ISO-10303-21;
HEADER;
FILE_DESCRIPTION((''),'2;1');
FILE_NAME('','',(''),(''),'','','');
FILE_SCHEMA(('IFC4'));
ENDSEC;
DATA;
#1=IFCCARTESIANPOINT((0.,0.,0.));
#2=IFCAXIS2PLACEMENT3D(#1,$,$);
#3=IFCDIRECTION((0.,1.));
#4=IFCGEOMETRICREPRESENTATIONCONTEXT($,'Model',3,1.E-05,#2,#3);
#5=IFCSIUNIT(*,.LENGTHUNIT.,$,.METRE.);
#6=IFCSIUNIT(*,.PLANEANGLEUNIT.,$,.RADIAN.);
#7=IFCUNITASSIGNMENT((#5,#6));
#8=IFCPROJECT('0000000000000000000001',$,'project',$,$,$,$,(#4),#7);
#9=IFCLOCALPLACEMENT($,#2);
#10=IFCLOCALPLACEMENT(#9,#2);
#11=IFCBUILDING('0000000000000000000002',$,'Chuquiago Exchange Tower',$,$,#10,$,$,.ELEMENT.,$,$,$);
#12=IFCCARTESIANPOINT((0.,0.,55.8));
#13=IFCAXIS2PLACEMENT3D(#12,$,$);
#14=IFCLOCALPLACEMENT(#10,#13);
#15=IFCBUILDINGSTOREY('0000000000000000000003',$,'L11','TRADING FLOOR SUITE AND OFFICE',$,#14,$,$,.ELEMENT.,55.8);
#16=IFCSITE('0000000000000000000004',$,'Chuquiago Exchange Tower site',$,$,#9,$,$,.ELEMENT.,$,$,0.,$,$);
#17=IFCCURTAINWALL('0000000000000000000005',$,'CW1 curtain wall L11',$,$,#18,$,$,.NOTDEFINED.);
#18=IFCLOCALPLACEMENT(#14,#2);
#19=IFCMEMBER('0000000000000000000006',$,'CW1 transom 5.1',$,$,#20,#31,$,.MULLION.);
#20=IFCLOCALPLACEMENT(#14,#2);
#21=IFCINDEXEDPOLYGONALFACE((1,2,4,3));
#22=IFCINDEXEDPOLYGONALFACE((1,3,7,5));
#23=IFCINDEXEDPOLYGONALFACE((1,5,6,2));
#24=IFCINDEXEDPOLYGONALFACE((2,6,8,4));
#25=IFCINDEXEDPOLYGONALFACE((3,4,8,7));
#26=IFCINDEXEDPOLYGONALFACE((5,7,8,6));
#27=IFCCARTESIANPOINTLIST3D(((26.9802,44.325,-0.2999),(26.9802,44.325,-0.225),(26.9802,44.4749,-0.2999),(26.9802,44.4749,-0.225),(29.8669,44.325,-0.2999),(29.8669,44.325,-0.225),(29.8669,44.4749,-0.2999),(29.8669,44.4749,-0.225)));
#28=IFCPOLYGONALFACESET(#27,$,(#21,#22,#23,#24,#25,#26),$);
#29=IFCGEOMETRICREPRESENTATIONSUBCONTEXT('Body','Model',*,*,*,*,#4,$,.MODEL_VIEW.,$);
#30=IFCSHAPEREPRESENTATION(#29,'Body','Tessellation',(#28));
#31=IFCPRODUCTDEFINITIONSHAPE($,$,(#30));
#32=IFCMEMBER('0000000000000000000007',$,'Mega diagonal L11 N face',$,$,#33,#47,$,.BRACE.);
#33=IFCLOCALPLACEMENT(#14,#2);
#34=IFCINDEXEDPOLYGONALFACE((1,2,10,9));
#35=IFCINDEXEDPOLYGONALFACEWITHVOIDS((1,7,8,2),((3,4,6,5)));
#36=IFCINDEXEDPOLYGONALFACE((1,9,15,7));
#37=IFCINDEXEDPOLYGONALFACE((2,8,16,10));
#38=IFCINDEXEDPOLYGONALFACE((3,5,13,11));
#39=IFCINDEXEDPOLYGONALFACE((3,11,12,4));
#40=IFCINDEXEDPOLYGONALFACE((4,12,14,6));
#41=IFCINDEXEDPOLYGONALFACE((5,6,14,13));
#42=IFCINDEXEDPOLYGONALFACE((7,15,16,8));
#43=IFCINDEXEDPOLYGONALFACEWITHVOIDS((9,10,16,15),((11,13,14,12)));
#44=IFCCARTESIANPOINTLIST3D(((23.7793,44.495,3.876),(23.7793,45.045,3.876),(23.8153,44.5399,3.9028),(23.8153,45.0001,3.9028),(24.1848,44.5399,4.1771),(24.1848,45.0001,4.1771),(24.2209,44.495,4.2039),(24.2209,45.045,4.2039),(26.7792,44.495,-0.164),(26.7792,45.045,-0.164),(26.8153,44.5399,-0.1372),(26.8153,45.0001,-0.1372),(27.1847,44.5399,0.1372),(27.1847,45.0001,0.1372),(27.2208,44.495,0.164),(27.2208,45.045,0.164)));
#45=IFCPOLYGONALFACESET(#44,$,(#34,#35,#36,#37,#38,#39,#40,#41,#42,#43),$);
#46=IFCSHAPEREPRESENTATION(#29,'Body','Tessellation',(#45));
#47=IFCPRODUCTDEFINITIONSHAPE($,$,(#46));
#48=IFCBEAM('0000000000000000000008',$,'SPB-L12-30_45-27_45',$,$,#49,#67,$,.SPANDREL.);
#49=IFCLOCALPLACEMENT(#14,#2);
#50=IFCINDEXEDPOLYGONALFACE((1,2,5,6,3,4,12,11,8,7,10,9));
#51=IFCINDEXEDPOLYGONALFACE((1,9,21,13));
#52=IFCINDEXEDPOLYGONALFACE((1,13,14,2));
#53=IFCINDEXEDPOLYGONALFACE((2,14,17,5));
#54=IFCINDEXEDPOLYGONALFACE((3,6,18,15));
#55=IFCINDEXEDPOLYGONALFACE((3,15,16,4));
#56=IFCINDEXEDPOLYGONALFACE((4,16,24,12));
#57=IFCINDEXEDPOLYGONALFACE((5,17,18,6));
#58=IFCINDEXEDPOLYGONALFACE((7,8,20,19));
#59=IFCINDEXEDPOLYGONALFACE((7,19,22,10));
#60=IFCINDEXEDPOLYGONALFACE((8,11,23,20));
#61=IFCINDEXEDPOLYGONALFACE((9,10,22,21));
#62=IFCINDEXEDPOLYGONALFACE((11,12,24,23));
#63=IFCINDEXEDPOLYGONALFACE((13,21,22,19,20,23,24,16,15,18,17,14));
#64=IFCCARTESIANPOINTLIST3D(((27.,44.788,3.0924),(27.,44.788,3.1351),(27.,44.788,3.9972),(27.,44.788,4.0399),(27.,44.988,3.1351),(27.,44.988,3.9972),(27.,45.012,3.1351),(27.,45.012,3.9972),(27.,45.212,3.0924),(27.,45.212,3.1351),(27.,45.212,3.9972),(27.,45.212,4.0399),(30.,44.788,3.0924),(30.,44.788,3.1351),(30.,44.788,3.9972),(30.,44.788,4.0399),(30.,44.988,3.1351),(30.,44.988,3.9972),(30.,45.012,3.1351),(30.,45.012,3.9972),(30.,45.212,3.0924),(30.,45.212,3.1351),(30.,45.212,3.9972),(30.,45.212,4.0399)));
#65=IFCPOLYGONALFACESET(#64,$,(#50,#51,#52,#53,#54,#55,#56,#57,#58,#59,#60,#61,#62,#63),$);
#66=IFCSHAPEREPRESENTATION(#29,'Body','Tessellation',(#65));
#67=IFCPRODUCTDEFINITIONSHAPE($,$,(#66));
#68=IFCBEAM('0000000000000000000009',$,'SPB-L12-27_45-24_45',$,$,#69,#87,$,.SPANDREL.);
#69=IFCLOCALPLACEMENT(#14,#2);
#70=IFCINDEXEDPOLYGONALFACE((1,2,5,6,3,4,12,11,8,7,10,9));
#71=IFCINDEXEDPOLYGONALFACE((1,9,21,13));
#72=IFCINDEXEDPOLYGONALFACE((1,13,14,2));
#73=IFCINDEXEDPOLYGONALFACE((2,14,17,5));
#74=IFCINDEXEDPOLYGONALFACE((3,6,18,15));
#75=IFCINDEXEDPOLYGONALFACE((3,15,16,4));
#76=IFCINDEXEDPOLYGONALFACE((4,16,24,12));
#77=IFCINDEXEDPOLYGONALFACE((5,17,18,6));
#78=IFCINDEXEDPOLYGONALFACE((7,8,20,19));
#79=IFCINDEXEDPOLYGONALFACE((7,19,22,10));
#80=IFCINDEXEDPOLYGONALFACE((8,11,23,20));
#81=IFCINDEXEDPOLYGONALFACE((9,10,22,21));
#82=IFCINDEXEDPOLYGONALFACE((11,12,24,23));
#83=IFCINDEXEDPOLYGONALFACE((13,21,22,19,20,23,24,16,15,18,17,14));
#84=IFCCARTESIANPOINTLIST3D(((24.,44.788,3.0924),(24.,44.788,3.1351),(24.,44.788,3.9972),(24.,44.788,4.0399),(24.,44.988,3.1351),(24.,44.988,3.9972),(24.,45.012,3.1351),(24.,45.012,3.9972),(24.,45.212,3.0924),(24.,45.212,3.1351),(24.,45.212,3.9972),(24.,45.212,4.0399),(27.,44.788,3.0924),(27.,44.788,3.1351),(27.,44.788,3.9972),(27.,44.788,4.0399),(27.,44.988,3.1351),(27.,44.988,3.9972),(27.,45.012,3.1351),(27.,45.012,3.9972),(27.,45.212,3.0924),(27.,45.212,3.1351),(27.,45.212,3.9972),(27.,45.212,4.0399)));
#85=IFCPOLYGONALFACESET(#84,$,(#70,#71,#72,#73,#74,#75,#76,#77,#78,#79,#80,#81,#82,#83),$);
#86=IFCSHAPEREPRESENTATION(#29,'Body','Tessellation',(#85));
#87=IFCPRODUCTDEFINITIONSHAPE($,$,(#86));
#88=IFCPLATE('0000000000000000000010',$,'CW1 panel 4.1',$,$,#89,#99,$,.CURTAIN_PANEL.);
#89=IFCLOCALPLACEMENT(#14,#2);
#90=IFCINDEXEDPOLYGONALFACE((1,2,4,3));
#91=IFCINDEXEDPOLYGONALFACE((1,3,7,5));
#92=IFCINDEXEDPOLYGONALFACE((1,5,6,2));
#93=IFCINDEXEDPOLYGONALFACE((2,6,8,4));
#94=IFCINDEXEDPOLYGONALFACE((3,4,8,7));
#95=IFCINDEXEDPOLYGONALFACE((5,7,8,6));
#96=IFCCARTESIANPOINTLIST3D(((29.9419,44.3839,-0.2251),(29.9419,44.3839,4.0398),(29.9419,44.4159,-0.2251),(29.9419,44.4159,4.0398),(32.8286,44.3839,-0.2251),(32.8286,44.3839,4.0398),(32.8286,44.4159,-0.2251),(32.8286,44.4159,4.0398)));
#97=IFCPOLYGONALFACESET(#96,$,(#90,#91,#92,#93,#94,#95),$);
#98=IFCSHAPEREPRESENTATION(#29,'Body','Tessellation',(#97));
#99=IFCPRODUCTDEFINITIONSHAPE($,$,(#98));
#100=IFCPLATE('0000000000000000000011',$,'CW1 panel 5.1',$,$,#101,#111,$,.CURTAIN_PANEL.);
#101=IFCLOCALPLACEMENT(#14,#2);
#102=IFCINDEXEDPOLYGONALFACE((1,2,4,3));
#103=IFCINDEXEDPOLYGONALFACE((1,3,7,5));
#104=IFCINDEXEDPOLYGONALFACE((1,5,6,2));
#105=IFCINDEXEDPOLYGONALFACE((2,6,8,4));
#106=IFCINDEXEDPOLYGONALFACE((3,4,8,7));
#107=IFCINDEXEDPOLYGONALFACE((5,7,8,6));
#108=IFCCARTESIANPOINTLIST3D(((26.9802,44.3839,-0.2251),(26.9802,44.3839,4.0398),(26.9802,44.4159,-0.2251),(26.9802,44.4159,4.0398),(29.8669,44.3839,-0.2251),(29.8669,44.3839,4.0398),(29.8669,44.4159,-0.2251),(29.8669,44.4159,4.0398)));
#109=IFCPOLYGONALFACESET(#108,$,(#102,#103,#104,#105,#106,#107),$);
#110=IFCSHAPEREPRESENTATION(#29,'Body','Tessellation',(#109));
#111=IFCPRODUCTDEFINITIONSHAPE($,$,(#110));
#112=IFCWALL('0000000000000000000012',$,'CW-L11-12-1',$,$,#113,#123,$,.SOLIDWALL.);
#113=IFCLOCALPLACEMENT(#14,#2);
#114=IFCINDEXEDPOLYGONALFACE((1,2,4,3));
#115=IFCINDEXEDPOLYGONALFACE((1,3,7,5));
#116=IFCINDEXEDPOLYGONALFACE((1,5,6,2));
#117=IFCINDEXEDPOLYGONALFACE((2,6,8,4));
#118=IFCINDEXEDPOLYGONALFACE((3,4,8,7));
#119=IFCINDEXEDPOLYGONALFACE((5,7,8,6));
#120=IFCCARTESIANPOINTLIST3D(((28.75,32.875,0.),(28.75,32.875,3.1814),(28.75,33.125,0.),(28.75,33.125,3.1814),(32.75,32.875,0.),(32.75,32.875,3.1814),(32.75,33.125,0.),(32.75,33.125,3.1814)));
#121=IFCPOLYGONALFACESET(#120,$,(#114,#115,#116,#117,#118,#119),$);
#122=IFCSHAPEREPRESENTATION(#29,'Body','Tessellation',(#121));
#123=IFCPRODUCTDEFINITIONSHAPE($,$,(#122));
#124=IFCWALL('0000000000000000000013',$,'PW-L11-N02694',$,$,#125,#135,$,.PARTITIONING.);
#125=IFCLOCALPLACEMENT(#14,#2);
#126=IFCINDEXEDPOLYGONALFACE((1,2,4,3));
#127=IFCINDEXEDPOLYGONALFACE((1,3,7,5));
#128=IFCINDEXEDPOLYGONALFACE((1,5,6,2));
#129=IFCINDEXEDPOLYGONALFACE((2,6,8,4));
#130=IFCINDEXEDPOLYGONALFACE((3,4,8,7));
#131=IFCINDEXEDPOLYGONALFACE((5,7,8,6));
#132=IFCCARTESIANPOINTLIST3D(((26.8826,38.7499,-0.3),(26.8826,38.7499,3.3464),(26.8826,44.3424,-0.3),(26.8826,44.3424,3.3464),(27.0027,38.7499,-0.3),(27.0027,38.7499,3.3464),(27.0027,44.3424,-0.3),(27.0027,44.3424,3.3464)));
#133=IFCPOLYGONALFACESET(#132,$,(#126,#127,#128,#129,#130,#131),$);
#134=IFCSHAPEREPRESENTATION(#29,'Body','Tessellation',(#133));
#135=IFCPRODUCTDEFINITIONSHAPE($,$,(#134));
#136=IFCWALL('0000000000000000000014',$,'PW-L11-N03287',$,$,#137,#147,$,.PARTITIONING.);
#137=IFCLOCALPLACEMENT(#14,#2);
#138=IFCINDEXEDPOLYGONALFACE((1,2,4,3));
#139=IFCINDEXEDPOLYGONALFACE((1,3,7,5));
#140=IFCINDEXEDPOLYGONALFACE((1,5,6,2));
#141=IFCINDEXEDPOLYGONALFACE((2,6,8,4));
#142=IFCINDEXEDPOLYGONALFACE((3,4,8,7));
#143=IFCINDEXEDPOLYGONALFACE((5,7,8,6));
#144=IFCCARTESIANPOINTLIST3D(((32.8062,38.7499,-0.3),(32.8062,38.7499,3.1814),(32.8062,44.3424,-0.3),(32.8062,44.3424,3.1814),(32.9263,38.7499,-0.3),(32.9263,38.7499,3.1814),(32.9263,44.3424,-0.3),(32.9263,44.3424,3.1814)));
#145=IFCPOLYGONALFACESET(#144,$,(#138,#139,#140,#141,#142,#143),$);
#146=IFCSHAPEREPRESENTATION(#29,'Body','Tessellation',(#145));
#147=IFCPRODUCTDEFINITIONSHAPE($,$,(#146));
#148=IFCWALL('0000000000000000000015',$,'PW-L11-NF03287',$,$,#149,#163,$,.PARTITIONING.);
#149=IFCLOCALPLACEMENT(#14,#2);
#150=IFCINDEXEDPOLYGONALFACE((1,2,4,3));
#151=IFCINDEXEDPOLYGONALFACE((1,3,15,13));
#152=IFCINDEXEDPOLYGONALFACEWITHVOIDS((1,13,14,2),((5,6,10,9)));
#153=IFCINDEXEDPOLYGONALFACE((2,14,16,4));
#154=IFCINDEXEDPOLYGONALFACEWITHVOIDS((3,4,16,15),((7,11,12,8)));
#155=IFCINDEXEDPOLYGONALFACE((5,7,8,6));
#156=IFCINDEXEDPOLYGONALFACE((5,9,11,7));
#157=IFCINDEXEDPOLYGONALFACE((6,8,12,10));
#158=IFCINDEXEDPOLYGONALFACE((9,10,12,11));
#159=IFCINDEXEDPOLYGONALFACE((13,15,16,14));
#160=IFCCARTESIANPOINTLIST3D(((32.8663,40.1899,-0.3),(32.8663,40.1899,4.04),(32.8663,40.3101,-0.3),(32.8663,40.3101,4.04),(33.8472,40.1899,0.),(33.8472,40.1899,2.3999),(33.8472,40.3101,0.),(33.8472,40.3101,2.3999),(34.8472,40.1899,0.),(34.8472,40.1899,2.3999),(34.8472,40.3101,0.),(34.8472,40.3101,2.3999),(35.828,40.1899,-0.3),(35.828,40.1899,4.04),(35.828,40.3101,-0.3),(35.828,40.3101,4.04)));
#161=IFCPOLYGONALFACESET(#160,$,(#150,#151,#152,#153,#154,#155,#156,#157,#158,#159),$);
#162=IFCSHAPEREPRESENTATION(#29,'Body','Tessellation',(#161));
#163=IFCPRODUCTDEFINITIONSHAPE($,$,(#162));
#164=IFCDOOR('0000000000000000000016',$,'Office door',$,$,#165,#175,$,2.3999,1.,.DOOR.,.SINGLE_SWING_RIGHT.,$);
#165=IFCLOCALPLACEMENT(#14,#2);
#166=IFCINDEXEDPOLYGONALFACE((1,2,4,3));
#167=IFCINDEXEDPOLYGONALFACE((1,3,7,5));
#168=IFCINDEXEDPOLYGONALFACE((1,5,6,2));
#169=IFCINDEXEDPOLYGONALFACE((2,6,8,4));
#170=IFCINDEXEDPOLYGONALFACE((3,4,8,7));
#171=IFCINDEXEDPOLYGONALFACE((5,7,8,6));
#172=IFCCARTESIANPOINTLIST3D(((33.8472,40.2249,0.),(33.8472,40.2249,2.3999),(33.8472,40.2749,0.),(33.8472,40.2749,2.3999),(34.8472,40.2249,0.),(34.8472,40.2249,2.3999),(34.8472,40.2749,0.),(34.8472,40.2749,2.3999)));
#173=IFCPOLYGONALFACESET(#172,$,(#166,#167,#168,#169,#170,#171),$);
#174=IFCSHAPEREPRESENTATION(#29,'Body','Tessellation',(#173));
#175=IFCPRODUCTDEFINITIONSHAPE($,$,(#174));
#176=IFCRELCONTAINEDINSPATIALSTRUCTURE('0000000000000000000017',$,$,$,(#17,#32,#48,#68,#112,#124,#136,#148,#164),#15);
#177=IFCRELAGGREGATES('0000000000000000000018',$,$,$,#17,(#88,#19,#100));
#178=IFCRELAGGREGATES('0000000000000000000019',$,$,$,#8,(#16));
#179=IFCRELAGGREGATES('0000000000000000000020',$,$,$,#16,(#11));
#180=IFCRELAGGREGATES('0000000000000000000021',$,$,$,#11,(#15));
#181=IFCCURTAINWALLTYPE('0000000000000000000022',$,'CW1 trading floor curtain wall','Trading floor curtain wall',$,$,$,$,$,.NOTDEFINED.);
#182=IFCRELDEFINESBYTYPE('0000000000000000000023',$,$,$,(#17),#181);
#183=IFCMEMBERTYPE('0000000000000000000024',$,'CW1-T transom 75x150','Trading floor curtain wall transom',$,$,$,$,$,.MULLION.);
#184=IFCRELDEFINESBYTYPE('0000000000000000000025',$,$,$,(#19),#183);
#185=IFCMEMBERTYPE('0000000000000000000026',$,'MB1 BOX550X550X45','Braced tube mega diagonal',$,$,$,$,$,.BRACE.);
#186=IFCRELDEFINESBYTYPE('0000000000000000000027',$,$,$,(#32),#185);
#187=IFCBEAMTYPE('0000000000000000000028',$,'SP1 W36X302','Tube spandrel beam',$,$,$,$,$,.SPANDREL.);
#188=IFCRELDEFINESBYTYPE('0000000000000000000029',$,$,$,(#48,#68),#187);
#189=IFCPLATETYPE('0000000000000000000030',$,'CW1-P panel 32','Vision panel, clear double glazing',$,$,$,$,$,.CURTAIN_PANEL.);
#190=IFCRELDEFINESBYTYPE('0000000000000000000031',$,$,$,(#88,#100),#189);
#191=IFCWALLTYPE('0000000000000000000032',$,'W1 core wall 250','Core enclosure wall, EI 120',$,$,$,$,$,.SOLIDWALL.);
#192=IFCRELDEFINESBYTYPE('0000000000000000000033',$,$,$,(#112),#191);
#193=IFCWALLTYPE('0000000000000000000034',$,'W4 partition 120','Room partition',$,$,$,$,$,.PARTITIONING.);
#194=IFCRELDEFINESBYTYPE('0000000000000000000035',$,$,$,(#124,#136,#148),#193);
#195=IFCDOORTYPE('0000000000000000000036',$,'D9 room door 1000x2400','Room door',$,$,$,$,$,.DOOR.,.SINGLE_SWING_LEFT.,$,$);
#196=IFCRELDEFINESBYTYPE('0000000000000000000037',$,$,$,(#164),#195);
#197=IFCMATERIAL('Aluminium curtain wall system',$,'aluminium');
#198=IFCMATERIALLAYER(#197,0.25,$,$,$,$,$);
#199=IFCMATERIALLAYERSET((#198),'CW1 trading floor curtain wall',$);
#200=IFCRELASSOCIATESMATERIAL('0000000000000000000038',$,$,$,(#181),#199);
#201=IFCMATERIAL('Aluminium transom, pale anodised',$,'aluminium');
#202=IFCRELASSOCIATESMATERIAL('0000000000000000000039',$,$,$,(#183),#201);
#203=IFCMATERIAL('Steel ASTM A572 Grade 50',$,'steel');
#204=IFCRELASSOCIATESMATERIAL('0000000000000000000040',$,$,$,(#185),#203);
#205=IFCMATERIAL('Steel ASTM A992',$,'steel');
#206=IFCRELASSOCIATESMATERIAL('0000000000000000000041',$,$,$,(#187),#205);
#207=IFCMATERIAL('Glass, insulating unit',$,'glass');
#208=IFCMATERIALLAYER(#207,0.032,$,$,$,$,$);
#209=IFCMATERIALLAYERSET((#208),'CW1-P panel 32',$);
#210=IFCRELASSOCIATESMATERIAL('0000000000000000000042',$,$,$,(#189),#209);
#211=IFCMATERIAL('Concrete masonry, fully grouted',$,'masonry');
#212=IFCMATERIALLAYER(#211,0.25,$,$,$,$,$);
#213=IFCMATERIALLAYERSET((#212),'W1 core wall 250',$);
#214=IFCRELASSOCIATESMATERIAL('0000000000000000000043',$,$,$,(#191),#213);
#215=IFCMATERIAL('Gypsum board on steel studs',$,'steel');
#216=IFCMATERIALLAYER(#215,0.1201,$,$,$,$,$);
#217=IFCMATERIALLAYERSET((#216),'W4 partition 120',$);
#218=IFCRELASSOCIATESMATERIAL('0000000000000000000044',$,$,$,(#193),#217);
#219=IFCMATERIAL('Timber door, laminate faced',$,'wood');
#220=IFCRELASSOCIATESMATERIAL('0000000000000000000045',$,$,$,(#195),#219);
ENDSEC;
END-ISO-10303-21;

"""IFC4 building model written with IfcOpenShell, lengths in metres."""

from ifc_helpers import new_model, si_unit, direction, frame, frame_2d, origin, origin_2d, place, context, subcontext, project, spatial, rectangle, hollow_rectangle, i_section, extrude, material, layer, layer_set, material_profile, profile_set, type_object, element, fill, aggregate, save


model = new_model("IFC4")

# Units and contexts
model_context = context("Model", 3, precision=1e-05, world=origin(), true_north=direction((0.0, 1.0)))
body_context = subcontext(model_context, "Body", "Model", "MODEL_VIEW")
ifc_project = project(units=[si_unit("LENGTHUNIT", "METRE"), si_unit("PLANEANGLEUNIT", "RADIAN")], contexts=[model_context])

# Site, building, storey
site_placement = place(None, origin())
site = spatial("IfcSite", under=ifc_project, at=site_placement, Name="Chuquiago Exchange Tower site", CompositionType="ELEMENT", RefElevation=0.0)
building_placement = place(site_placement, origin())
building = spatial("IfcBuilding", under=site, at=building_placement, Name="Chuquiago Exchange Tower", CompositionType="ELEMENT")
storey_placement = place(building_placement, frame((0.0, 0.0, 55.8)))
storey = spatial("IfcBuildingStorey", under=building, at=storey_placement, Name="L11", Description="TRADING FLOOR SUITE AND OFFICE", CompositionType="ELEMENT", Elevation=55.8)

# Curtain wall, member
ifc_material_1 = material(Name="Aluminium curtain wall system", Category="aluminium")
ifc_layer_1 = layer(ifc_material_1, 0.25)
ifc_layer_set_1 = layer_set([ifc_layer_1], Name="CW1 trading floor curtain wall")
curtain_wall_type = type_object("IfcCurtainWallType", Name="CW1 trading floor curtain wall", Description="Trading floor curtain wall", PredefinedType="NOTDEFINED", material=ifc_layer_set_1)
curtain_wall_placement = place(storey_placement, origin())
curtain_wall = element("IfcCurtainWall", 1, at=curtain_wall_placement, inside=storey, type_object=curtain_wall_type, Name="CW1 curtain wall L11", PredefinedType="NOTDEFINED")
ifc_material_2 = material(Name="Aluminium transom, pale anodised", Category="aluminium")
ifc_material_profile_1 = material_profile(ifc_material_2, rectangle(XDim=0.1499, YDim=0.075, at=origin_2d()), Name="AL 150x75")
ifc_profile_set_1 = profile_set([ifc_material_profile_1], Name="Aluminium transom, pale anodised")
member_type_1 = type_object("IfcMemberType", Name="CW1-T transom 75x150", Description="Trading floor curtain wall transom", PredefinedType="MULLION", material=ifc_profile_set_1)
member_1_placement = place(storey_placement, frame((29.8669, 44.3999, -0.2625), z_axis=(-1.0, 0.0, 0.0), x_axis=(0.0, -1.0, 0.0)))
member_1 = element("IfcMember", 2, at=member_1_placement, type_object=member_type_1, Name="CW1 transom 5.1", PredefinedType="MULLION", context=body_context, shape_type="SweptSolid", body=[
    extrude(rectangle(XDim=0.1499, YDim=0.075, at=origin_2d()), origin(), (0.0, 0.0, 1.0), 2.8867),
])

# Member
ifc_material_3 = material(Name="Steel ASTM A572 Grade 50", Category="steel")
ifc_material_profile_2 = material_profile(ifc_material_3, hollow_rectangle(XDim=0.55, YDim=0.55, WallThickness=0.0449, at=origin_2d()), Name="BOX550X550X45")
ifc_profile_set_2 = profile_set([ifc_material_profile_2], Name="Steel ASTM A572 Grade 50")
member_type_2 = type_object("IfcMemberType", Name="MB1 BOX550X550X45", Description="Braced tube mega diagonal", PredefinedType="BRACE", material=ifc_profile_set_2)
member_2_placement = place(storey_placement, frame((27.0, 44.77, 0.0), z_axis=(-0.596174, 0.0, 0.802855), x_axis=(0.0, -1.0, 0.0)))
element("IfcMember", 3, at=member_2_placement, inside=storey, type_object=member_type_2, Name="Mega diagonal L11 N face", PredefinedType="BRACE", context=body_context, shape_type="SweptSolid", body=[
    extrude(hollow_rectangle(XDim=0.55, YDim=0.55, WallThickness=0.0449, at=origin_2d()), origin(), (0.0, 0.0, 1.0), 5.032),
])

# Beams
ifc_material_4 = material(Name="Steel ASTM A992", Category="steel")
ifc_material_profile_3 = material_profile(ifc_material_4, i_section(OverallWidth=0.4241, OverallDepth=0.9475, WebThickness=0.0239, FlangeThickness=0.0427, at=origin_2d()), Name="W36X302")
ifc_profile_set_3 = profile_set([ifc_material_profile_3], Name="Steel ASTM A992")
beam_type_1 = type_object("IfcBeamType", Name="SP1 W36X302", Description="Tube spandrel beam", PredefinedType="SPANDREL", material=ifc_profile_set_3)
for number, where, z_axis, x_axis, name in (
    (4, (30.0, 45.0, 3.5662), (-1.0, 0.0, 0.0), (0.0, -1.0, 0.0), "SPB-L12-30_45-27_45"),
    (5, (27.0, 45.0, 3.5662), (-1.0, 0.0, 0.0), (0.0, -1.0, 0.0), "SPB-L12-27_45-24_45"),
):
    element("IfcBeam", number, at=place(storey_placement, frame(where, z_axis=z_axis, x_axis=x_axis)), inside=storey, type_object=beam_type_1, Name=name, PredefinedType="SPANDREL", context=body_context, shape_type="SweptSolid", body=[
        extrude(i_section(OverallWidth=0.4241, OverallDepth=0.9475, WebThickness=0.0239, FlangeThickness=0.0427, at=origin_2d()), origin(), (0.0, 0.0, 1.0), 3.0),
    ])

# Plates
ifc_material_5 = material(Name="Glass, insulating unit", Category="glass")
ifc_layer_2 = layer(ifc_material_5, 0.032)
ifc_layer_set_2 = layer_set([ifc_layer_2], Name="CW1-P panel 32")
plate_type = type_object("IfcPlateType", Name="CW1-P panel 32", Description="Vision panel, clear double glazing", PredefinedType="CURTAIN_PANEL", material=ifc_layer_set_2)
plate_1_placement = place(storey_placement, frame((31.3853, 44.3999, -0.2251), z_axis=(0.0, 0.0, 1.0), x_axis=(-1.0, 0.0, 0.0)))
plate_1 = element("IfcPlate", 6, at=plate_1_placement, type_object=plate_type, Name="CW1 panel 4.1", PredefinedType="CURTAIN_PANEL", context=body_context, shape_type="SweptSolid", body=[
    extrude(rectangle(XDim=2.8867, YDim=0.032, at=origin_2d()), origin(), (0.0, 0.0, 1.0), 4.2649),
])
plate_2_placement = place(storey_placement, frame((28.4236, 44.3999, -0.2251), z_axis=(0.0, 0.0, 1.0), x_axis=(-1.0, 0.0, 0.0)))
plate_2 = element("IfcPlate", 7, at=plate_2_placement, type_object=plate_type, Name="CW1 panel 5.1", PredefinedType="CURTAIN_PANEL", context=body_context, shape_type="SweptSolid", body=[
    extrude(rectangle(XDim=2.8867, YDim=0.032, at=origin_2d()), origin(), (0.0, 0.0, 1.0), 4.2649),
])
aggregate(curtain_wall, [plate_1, member_1, plate_2])

# Walls
ifc_material_6 = material(Name="Concrete masonry, fully grouted", Category="masonry")
ifc_layer_3 = layer(ifc_material_6, 0.25)
ifc_layer_set_3 = layer_set([ifc_layer_3], Name="W1 core wall 250")
wall_type_1 = type_object("IfcWallType", Name="W1 core wall 250", Description="Core enclosure wall, EI 120", PredefinedType="SOLIDWALL", material=ifc_layer_set_3)
wall_1_placement = place(storey_placement, frame((28.75, 33.0, 0.0), z_axis=(0.0, 0.0, 1.0), x_axis=(1.0, 0.0, 0.0)))
element("IfcWall", 8, at=wall_1_placement, inside=storey, type_object=wall_type_1, Name="CW-L11-12-1", PredefinedType="SOLIDWALL", context=body_context, shape_type="SweptSolid", body=[
    extrude(rectangle(XDim=4.0, YDim=0.25, at=frame_2d((2.0, 0.0))), origin(), (0.0, 0.0, 1.0), 3.1814),
])
ifc_material_7 = material(Name="Gypsum board on steel studs", Category="steel")
ifc_layer_4 = layer(ifc_material_7, 0.1201)
ifc_layer_set_4 = layer_set([ifc_layer_4], Name="W4 partition 120")
wall_type_2 = type_object("IfcWallType", Name="W4 partition 120", Description="Room partition", PredefinedType="PARTITIONING", material=ifc_layer_set_4)
wall_2_placement = place(storey_placement, frame((26.9426, 44.3425, -0.3), z_axis=(0.0, 0.0, 1.0), x_axis=(0.0, -1.0, 0.0)))
element("IfcWall", 9, at=wall_2_placement, inside=storey, type_object=wall_type_2, Name="PW-L11-N02694", PredefinedType="PARTITIONING", context=body_context, shape_type="SweptSolid", body=[
    extrude(rectangle(XDim=5.5925, YDim=0.1201, at=frame_2d((2.7964, 0.0))), origin(), (0.0, 0.0, 1.0), 3.6465),
])
wall_3_placement = place(storey_placement, frame((32.8662, 44.3425, -0.3), z_axis=(0.0, 0.0, 1.0), x_axis=(0.0, -1.0, 0.0)))
element("IfcWall", 10, at=wall_3_placement, inside=storey, type_object=wall_type_2, Name="PW-L11-N03287", PredefinedType="PARTITIONING", context=body_context, shape_type="SweptSolid", body=[
    extrude(rectangle(XDim=5.5925, YDim=0.1201, at=frame_2d((2.7964, 0.0))), origin(), (0.0, 0.0, 1.0), 3.4814),
])

# Wall, opening, door
wall_4_placement = place(storey_placement, frame((32.8662, 40.25, -0.3), z_axis=(0.0, 0.0, 1.0), x_axis=(1.0, 0.0, 0.0)))
wall_4 = element("IfcWall", 11, at=wall_4_placement, inside=storey, type_object=wall_type_2, Name="PW-L11-NF03287", PredefinedType="PARTITIONING", context=body_context, shape_type="SweptSolid", body=[
    extrude(rectangle(XDim=2.9617, YDim=0.1201, at=frame_2d((1.481, 0.0))), origin(), (0.0, 0.0, 1.0), 4.3401),
])
opening_placement = place(wall_4_placement, frame((0.981, 0.0, 0.3)))
opening = element("IfcOpeningElement", 12, at=opening_placement, cuts=wall_4, PredefinedType="OPENING", context=body_context, shape_type="SweptSolid", body=[
    extrude(rectangle(XDim=1.0, YDim=2.3999, at=frame_2d((0.5, 1.2))), frame((0.0, 0.0701, 0.0), z_axis=(0.0, -1.0, 0.0), x_axis=(1.0, 0.0, 0.0)), (0.0, 0.0, 1.0), 0.1401),
])
ifc_material_8 = material(Name="Timber door, laminate faced", Category="wood")
door_type = type_object("IfcDoorType", Name="D9 room door 1000x2400", Description="Room door", OperationType="SINGLE_SWING_LEFT", PredefinedType="DOOR", material=ifc_material_8)
door_placement = place(opening_placement, origin())
door = element("IfcDoor", 13, at=door_placement, inside=storey, type_object=door_type, Name="Office door", OperationType="SINGLE_SWING_RIGHT", OverallHeight=2.3999, OverallWidth=1.0, PredefinedType="DOOR", context=body_context, shape_type="SweptSolid", body=[
    extrude(rectangle(XDim=1.0, YDim=2.3999, at=frame_2d((0.5, 1.2))), frame((0.0, 0.0249, 0.0), z_axis=(0.0, -1.0, 0.0), x_axis=(1.0, 0.0, 0.0)), (0.0, 0.0, 1.0), 0.05),
])
fill(opening, door)

save(model, "model.ifc")
